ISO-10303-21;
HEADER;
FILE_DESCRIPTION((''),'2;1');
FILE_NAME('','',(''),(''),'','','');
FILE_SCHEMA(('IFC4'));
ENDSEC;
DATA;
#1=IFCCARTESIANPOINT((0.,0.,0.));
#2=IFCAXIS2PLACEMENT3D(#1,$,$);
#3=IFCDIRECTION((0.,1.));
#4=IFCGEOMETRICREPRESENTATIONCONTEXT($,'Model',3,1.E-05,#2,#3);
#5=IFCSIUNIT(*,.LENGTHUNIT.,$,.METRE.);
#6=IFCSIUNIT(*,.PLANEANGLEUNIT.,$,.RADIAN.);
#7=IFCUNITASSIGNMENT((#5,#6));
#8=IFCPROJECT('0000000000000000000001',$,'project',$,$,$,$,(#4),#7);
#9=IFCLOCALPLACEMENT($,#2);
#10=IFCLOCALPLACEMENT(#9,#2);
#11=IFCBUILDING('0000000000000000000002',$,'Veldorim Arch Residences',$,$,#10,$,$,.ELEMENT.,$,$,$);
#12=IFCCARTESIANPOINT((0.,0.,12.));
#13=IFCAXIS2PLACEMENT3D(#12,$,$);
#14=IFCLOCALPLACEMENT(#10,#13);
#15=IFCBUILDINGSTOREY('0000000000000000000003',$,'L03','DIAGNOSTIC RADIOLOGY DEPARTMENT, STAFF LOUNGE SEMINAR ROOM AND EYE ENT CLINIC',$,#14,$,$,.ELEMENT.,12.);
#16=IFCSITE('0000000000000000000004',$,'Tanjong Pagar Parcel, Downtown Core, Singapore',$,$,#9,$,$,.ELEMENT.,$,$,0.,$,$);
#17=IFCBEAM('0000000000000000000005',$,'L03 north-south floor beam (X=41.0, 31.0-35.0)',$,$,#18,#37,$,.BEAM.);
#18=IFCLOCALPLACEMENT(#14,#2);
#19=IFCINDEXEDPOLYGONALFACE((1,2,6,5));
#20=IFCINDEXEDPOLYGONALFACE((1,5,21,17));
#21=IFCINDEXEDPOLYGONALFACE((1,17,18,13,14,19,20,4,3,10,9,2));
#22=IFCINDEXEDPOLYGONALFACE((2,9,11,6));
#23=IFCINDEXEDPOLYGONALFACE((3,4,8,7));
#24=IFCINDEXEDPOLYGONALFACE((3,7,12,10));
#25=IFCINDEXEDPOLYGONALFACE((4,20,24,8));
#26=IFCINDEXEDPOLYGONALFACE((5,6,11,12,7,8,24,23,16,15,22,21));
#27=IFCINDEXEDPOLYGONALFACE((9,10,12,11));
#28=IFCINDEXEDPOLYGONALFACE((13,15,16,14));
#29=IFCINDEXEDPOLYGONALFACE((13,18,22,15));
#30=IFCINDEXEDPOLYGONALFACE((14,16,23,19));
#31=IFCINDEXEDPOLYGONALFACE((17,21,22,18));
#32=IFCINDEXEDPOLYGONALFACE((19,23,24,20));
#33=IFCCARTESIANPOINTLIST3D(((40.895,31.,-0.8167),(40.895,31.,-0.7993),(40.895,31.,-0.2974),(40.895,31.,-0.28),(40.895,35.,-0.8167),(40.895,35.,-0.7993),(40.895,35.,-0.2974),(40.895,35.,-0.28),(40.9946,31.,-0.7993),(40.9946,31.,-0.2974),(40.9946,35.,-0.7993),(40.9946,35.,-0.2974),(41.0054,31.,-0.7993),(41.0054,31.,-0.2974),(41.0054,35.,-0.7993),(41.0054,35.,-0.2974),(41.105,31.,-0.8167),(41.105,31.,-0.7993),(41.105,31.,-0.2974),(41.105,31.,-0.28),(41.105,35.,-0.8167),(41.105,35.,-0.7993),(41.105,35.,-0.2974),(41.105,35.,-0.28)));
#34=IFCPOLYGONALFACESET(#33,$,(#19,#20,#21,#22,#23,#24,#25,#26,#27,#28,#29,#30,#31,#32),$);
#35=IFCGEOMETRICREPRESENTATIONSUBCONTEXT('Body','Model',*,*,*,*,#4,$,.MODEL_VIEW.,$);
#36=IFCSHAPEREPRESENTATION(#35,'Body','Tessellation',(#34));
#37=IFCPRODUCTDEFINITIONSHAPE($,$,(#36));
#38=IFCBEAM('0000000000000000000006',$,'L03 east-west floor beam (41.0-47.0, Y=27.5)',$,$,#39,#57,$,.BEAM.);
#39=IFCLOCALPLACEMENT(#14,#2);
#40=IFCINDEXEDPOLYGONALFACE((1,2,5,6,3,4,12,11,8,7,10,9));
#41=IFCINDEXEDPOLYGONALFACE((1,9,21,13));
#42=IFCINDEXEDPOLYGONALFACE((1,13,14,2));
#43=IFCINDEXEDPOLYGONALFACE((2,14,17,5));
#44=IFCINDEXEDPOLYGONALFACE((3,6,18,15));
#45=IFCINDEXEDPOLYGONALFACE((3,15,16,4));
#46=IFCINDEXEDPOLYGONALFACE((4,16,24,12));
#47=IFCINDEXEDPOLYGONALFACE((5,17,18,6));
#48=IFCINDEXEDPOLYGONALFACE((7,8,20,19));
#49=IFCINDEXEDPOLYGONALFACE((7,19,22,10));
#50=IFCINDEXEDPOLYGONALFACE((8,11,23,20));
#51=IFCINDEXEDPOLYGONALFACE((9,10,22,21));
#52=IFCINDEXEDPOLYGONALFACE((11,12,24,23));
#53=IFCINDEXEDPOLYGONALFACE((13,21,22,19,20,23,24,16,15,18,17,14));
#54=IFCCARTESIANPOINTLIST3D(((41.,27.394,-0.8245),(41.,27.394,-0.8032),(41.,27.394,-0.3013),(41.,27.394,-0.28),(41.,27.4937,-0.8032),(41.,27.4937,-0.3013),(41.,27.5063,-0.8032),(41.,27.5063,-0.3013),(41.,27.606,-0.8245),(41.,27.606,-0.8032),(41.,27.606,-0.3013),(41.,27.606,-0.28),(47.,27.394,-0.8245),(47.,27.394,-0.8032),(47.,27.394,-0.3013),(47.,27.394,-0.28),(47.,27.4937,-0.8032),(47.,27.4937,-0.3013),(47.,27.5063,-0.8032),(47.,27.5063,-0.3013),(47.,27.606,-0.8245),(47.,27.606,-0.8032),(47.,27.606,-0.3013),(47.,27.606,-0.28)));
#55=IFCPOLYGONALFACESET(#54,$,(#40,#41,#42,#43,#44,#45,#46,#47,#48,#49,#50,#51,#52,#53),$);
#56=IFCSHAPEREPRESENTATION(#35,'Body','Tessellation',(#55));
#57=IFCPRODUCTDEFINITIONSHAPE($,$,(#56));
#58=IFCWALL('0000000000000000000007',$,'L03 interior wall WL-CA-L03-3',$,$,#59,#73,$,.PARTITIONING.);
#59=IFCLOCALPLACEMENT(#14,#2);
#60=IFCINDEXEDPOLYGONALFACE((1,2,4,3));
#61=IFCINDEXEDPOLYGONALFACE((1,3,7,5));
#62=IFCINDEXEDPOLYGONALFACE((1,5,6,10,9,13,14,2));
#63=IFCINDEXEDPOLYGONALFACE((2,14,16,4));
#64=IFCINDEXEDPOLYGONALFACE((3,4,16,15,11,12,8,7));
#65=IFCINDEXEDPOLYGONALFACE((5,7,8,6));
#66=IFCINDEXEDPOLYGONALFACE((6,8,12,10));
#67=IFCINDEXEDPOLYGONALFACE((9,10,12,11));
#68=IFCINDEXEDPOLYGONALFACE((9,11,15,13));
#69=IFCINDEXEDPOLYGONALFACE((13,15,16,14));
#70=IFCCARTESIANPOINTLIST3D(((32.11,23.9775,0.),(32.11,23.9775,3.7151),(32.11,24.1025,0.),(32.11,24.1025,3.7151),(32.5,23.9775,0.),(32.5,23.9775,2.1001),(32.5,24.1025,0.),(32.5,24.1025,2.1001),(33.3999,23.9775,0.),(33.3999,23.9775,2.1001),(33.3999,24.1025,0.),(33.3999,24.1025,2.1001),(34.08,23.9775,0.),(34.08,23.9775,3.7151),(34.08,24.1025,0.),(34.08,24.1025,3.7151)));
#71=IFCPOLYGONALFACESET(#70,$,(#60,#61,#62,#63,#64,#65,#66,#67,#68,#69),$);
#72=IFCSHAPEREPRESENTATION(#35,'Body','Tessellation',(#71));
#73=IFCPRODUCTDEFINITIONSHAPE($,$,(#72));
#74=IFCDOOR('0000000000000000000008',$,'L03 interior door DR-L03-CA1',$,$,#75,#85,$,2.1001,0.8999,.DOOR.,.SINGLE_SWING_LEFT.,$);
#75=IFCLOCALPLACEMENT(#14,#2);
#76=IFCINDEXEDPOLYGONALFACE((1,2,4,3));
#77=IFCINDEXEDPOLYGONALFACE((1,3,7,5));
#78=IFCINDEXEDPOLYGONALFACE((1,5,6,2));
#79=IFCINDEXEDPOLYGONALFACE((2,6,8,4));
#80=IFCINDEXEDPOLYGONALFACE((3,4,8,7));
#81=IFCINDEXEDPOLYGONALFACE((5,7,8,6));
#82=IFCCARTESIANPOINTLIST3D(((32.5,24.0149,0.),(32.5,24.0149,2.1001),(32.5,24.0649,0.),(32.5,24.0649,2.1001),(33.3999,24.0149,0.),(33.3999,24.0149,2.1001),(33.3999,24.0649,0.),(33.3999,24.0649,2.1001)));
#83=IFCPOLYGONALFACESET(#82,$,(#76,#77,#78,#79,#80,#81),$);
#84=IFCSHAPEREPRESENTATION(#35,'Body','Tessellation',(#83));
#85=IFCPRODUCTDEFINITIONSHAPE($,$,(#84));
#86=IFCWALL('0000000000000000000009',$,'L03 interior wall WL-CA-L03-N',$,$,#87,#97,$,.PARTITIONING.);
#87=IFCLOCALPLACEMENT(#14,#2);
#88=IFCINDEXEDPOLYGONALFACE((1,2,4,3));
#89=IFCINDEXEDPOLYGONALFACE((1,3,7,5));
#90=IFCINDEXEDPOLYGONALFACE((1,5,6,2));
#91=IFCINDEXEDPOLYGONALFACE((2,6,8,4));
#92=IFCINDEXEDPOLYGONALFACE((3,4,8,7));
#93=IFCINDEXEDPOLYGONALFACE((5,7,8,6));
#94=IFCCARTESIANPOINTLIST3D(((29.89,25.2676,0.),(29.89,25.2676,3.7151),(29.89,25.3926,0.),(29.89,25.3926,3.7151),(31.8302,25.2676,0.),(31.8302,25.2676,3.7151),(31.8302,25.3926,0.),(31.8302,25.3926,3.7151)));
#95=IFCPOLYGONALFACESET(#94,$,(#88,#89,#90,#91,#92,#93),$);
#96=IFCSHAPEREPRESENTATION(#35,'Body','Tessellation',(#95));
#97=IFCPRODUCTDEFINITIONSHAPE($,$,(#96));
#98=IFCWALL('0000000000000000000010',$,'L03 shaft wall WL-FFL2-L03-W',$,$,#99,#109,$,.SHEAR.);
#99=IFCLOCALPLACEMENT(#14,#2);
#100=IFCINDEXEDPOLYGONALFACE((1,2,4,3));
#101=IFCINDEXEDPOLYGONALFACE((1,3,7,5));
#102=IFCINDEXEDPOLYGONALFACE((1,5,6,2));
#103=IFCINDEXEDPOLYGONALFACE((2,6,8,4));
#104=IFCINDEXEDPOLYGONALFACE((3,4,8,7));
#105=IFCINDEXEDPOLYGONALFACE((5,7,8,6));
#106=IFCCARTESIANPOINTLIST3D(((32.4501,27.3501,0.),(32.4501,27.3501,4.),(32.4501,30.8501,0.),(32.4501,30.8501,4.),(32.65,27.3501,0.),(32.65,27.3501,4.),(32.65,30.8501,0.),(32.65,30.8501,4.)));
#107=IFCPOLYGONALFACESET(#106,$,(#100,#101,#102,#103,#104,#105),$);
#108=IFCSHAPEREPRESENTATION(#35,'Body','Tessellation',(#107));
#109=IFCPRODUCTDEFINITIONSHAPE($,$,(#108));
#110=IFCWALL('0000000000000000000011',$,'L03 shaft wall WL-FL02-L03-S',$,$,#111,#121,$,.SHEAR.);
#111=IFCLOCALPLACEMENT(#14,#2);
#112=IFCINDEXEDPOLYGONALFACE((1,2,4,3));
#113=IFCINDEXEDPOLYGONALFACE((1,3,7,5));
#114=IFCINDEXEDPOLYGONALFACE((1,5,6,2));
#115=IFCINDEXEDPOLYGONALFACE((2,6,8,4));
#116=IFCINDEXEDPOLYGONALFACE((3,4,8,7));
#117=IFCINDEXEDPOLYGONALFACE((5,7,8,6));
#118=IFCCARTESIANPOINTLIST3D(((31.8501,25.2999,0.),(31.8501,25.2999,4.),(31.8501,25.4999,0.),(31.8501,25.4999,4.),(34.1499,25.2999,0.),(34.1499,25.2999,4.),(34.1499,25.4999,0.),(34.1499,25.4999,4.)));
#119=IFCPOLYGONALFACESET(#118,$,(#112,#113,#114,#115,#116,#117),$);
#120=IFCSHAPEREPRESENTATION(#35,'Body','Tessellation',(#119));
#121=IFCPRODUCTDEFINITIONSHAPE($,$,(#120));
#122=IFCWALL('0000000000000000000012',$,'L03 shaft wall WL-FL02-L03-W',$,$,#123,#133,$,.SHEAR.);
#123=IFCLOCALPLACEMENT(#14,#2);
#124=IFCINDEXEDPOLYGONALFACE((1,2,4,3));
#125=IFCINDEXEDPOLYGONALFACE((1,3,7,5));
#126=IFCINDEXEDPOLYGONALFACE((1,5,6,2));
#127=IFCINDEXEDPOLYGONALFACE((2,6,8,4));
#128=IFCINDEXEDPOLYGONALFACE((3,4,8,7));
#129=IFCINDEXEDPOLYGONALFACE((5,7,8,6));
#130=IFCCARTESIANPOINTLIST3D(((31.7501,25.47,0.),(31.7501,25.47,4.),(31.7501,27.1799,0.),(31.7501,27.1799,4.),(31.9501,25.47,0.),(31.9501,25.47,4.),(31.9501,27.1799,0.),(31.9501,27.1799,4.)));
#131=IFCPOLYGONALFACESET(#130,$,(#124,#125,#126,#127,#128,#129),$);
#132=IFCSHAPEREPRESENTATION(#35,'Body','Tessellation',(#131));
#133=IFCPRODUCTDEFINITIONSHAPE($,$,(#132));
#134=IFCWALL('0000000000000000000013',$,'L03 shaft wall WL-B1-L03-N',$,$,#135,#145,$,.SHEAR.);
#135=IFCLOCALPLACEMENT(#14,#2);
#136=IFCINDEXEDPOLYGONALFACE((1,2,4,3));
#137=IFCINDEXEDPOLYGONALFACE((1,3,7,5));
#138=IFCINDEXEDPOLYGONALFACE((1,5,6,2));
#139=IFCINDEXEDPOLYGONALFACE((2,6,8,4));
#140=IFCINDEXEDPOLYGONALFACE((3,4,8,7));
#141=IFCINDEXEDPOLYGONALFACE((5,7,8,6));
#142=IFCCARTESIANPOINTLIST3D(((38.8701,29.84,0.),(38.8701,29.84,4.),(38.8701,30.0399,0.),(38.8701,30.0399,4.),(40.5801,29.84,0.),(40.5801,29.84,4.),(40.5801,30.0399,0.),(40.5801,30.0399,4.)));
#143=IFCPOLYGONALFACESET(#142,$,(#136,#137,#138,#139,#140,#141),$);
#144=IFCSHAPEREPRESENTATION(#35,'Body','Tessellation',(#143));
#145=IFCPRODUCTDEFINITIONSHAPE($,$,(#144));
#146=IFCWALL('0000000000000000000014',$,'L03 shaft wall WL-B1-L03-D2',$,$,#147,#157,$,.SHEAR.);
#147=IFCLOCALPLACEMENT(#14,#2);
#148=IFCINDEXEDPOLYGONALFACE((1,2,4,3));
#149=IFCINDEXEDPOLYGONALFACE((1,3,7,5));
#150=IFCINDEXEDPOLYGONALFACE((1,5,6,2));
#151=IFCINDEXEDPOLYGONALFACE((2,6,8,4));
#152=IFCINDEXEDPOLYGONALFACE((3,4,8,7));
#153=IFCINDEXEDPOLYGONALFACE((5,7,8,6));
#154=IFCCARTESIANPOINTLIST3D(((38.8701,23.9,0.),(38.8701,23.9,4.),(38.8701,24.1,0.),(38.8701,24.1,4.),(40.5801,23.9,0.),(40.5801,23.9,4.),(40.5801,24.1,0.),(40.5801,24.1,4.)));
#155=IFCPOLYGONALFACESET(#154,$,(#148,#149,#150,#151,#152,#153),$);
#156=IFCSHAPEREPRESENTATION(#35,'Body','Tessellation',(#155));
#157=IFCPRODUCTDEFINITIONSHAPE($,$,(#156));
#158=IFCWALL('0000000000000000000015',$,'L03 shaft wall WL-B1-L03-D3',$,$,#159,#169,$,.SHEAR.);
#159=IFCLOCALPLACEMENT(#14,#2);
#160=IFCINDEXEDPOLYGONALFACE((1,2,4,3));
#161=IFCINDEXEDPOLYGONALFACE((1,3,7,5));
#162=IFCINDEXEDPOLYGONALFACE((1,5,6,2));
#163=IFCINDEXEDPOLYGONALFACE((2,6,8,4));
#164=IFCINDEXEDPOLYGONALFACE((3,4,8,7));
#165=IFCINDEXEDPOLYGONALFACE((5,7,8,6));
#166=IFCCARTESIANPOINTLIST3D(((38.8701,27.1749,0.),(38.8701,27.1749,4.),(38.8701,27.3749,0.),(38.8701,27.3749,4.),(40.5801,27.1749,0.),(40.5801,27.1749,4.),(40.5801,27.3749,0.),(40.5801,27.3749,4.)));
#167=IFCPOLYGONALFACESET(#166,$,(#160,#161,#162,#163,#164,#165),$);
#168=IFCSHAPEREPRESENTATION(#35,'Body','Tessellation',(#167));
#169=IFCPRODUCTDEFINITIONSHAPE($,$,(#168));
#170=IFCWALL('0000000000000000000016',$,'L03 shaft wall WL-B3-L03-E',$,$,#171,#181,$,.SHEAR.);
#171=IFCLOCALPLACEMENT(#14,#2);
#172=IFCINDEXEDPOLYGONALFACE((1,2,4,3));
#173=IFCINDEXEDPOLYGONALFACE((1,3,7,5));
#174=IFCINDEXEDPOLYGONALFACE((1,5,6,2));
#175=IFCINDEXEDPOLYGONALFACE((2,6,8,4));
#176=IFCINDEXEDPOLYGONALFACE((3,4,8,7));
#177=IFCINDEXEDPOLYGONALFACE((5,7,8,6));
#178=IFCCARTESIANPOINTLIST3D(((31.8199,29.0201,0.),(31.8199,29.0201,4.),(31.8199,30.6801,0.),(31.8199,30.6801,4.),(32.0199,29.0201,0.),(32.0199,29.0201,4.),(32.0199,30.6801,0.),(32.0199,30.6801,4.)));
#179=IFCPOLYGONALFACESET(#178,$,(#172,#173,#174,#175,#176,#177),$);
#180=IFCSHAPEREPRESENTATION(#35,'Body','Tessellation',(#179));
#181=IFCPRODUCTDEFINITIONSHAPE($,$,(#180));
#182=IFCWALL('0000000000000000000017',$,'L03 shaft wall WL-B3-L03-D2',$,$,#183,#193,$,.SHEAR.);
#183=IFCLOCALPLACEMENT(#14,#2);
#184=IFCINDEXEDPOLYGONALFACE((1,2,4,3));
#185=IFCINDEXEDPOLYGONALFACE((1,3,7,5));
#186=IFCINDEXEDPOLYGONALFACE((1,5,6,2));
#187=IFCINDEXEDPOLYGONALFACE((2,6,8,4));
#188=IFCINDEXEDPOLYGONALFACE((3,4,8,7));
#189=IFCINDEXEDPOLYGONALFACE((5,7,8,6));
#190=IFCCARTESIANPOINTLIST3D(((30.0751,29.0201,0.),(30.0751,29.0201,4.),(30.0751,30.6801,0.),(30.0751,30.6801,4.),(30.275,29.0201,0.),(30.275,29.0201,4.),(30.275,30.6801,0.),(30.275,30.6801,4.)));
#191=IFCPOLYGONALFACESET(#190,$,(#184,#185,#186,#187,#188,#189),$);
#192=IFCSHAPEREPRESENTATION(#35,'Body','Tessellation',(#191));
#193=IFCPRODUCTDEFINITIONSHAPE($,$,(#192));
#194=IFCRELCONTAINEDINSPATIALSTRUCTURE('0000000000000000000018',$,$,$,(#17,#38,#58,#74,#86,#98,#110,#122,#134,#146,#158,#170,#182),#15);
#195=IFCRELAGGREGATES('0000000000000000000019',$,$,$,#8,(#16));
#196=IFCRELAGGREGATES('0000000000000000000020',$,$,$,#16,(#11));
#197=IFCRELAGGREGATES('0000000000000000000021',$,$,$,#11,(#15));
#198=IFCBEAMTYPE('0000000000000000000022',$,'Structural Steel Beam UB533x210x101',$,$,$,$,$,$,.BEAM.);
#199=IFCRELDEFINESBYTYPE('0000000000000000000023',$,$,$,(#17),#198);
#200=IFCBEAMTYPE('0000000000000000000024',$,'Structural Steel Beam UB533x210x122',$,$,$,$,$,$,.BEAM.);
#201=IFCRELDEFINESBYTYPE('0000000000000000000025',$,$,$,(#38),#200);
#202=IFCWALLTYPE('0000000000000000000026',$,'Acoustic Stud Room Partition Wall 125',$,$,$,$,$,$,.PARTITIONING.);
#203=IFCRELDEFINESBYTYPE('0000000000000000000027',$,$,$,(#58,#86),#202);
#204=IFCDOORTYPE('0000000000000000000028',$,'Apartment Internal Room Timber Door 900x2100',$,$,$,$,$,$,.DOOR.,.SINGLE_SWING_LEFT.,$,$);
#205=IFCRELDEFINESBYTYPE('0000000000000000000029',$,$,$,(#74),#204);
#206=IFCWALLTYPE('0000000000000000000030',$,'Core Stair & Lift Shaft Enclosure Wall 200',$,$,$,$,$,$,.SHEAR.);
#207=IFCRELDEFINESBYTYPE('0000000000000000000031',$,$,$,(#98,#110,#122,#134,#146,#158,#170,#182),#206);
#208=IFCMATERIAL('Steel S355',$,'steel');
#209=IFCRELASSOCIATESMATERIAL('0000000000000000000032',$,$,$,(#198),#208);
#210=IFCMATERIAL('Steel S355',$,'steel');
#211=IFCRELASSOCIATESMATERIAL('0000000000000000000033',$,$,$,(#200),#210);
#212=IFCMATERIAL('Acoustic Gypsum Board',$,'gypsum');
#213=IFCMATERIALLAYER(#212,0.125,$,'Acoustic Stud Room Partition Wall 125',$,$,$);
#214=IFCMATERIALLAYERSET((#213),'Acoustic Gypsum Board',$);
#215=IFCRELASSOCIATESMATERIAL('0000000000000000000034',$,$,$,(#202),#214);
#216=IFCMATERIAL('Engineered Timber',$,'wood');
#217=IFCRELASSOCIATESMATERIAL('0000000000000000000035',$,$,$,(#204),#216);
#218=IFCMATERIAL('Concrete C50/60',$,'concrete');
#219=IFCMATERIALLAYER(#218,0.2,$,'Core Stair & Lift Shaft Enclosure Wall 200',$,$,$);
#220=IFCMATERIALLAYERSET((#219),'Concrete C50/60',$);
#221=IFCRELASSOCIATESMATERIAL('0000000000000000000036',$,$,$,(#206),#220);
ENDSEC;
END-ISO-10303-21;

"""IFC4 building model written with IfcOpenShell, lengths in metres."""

from ifc_helpers import new_model, si_unit, direction, frame, frame_2d, origin, origin_2d, place, context, subcontext, project, spatial, rectangle, i_section, extrude, material, layer, layer_set, material_profile, profile_set, type_object, element, fill, save


model = new_model("IFC4")

# Units and contexts
model_context = context("Model", 3, precision=1e-05, world=origin(), true_north=direction((0.0, 1.0)))
body_context = subcontext(model_context, "Body", "Model", "MODEL_VIEW")
ifc_project = project(units=[si_unit("LENGTHUNIT", "METRE"), si_unit("PLANEANGLEUNIT", "RADIAN")], contexts=[model_context])

# Site, building, storey
site_placement = place(None, origin())
site = spatial("IfcSite", under=ifc_project, at=site_placement, Name="Tanjong Pagar Parcel, Downtown Core, Singapore", CompositionType="ELEMENT", RefElevation=0.0)
building_placement = place(site_placement, origin())
building = spatial("IfcBuilding", under=site, at=building_placement, Name="Veldorim Arch Residences", CompositionType="ELEMENT")
storey_placement = place(building_placement, frame((0.0, 0.0, 12.0)))
storey = spatial("IfcBuildingStorey", under=building, at=storey_placement, Name="L03", Description="DIAGNOSTIC RADIOLOGY DEPARTMENT, STAFF LOUNGE SEMINAR ROOM AND EYE ENT CLINIC", CompositionType="ELEMENT", Elevation=12.0)

# Beams
ifc_material_1 = material(Name="Steel S355", Category="steel")
ifc_material_profile_1 = material_profile(ifc_material_1, i_section(OverallWidth=0.21, OverallDepth=0.5366, WebThickness=0.0107, FlangeThickness=0.0173, at=origin_2d()), Name="UB533x210x101")
ifc_profile_set_1 = profile_set([ifc_material_profile_1], Name="Steel S355")
beam_type_1 = type_object("IfcBeamType", Name="Structural Steel Beam UB533x210x101", PredefinedType="BEAM", material=ifc_profile_set_1)
beam_1_placement = place(storey_placement, frame((41.0, 31.0, -0.5483), z_axis=(0.0, 1.0, 0.0), x_axis=(-1.0, 0.0, 0.0)))
element("IfcBeam", 1, at=beam_1_placement, inside=storey, type_object=beam_type_1, Name="L03 north-south floor beam (X=41.0, 31.0-35.0)", PredefinedType="BEAM", context=body_context, shape_type="SweptSolid", body=[
    extrude(i_section(OverallWidth=0.21, OverallDepth=0.5366, WebThickness=0.0107, FlangeThickness=0.0173, at=origin_2d()), origin(), (0.0, 0.0, 1.0), 4.0),
])
ifc_material_2 = material(Name="Steel S355", Category="steel")
ifc_material_profile_2 = material_profile(ifc_material_2, i_section(OverallWidth=0.2119, OverallDepth=0.5444, WebThickness=0.0127, FlangeThickness=0.0212, at=origin_2d()), Name="UB533x210x122")
ifc_profile_set_2 = profile_set([ifc_material_profile_2], Name="Steel S355")
beam_type_2 = type_object("IfcBeamType", Name="Structural Steel Beam UB533x210x122", PredefinedType="BEAM", material=ifc_profile_set_2)
beam_2_placement = place(storey_placement, frame((41.0, 27.5, -0.5522), z_axis=(1.0, 0.0, 0.0), x_axis=(0.0, 1.0, 0.0)))
element("IfcBeam", 2, at=beam_2_placement, inside=storey, type_object=beam_type_2, Name="L03 east-west floor beam (41.0-47.0, Y=27.5)", PredefinedType="BEAM", context=body_context, shape_type="SweptSolid", body=[
    extrude(i_section(OverallWidth=0.2119, OverallDepth=0.5444, WebThickness=0.0127, FlangeThickness=0.0212, at=origin_2d()), origin(), (0.0, 0.0, 1.0), 6.0),
])

# Wall, opening, door
ifc_material_3 = material(Name="Acoustic Gypsum Board", Category="gypsum")
ifc_layer_1 = layer(ifc_material_3, 0.125, Name="Acoustic Stud Room Partition Wall 125")
ifc_layer_set_1 = layer_set([ifc_layer_1], Name="Acoustic Gypsum Board")
wall_type_1 = type_object("IfcWallType", Name="Acoustic Stud Room Partition Wall 125", PredefinedType="PARTITIONING", material=ifc_layer_set_1)
wall_1_placement = place(storey_placement, frame((32.1101, 24.04, 0.0), z_axis=(0.0, 0.0, 1.0), x_axis=(1.0, 0.0, 0.0)))
wall_1 = element("IfcWall", 3, at=wall_1_placement, inside=storey, type_object=wall_type_1, Name="L03 interior wall WL-CA-L03-3", PredefinedType="PARTITIONING", context=body_context, shape_type="SweptSolid", body=[
    extrude(rectangle(XDim=1.97, YDim=0.125, at=frame_2d((0.9849, 0.0))), origin(), (0.0, 0.0, 1.0), 3.7151),
])
opening_1_placement = place(wall_1_placement, frame((0.3899, 0.0, 0.0)))
opening_1 = element("IfcOpeningElement", 4, at=opening_1_placement, cuts=wall_1, PredefinedType="OPENING", context=body_context, shape_type="SweptSolid", body=[
    extrude(rectangle(XDim=0.8999, YDim=2.1001, at=frame_2d((0.45, 1.05))), frame((0.0, 0.0725, 0.0), z_axis=(0.0, -1.0, 0.0), x_axis=(1.0, 0.0, 0.0)), (0.0, 0.0, 1.0), 0.145),
])
ifc_material_4 = material(Name="Engineered Timber", Category="wood")
door_type_1 = type_object("IfcDoorType", Name="Apartment Internal Room Timber Door 900x2100", OperationType="SINGLE_SWING_LEFT", PredefinedType="DOOR", material=ifc_material_4)
door_1_placement = place(opening_1_placement, origin())
door_1 = element("IfcDoor", 5, at=door_1_placement, inside=storey, type_object=door_type_1, Name="L03 interior door DR-L03-CA1", OperationType="SINGLE_SWING_LEFT", OverallHeight=2.1001, OverallWidth=0.8999, PredefinedType="DOOR", context=body_context, shape_type="SweptSolid", body=[
    extrude(rectangle(XDim=0.8999, YDim=2.1001, at=frame_2d((0.45, 1.05))), frame((0.0, 0.0249, 0.0), z_axis=(0.0, -1.0, 0.0), x_axis=(1.0, 0.0, 0.0)), (0.0, 0.0, 1.0), 0.05),
])
fill(opening_1, door_1)

# Wall
wall_2_placement = place(storey_placement, frame((29.8899, 25.3301, 0.0), z_axis=(0.0, 0.0, 1.0), x_axis=(1.0, 0.0, 0.0)))
element("IfcWall", 6, at=wall_2_placement, inside=storey, type_object=wall_type_1, Name="L03 interior wall WL-CA-L03-N", PredefinedType="PARTITIONING", context=body_context, shape_type="SweptSolid", body=[
    extrude(rectangle(XDim=1.9402, YDim=0.125, at=frame_2d((0.9702, 0.0))), origin(), (0.0, 0.0, 1.0), 3.7151),
])

# Shared definitions
ifc_material_5 = material(Name="Concrete C50/60", Category="concrete")
ifc_layer_2 = layer(ifc_material_5, 0.2, Name="Core Stair & Lift Shaft Enclosure Wall 200")
ifc_layer_set_2 = layer_set([ifc_layer_2], Name="Concrete C50/60")
wall_type_2 = type_object("IfcWallType", Name="Core Stair & Lift Shaft Enclosure Wall 200", PredefinedType="SHEAR", material=ifc_layer_set_2)

# Wall
wall_3_placement = place(storey_placement, frame((32.55, 27.3501, 0.0), z_axis=(0.0, 0.0, 1.0), x_axis=(0.0, 1.0, 0.0)))
element("IfcWall", 7, at=wall_3_placement, inside=storey, type_object=wall_type_2, Name="L03 shaft wall WL-FFL2-L03-W", PredefinedType="SHEAR", context=body_context, shape_type="SweptSolid", body=[
    extrude(rectangle(XDim=3.5, YDim=0.2, at=frame_2d((1.75, 0.0))), origin(), (0.0, 0.0, 1.0), 4.0),
])

# Walls
wall_4_placement = place(storey_placement, frame((31.8501, 25.3999, 0.0), z_axis=(0.0, 0.0, 1.0), x_axis=(1.0, 0.0, 0.0)))
element("IfcWall", 8, at=wall_4_placement, inside=storey, type_object=wall_type_2, Name="L03 shaft wall WL-FL02-L03-S", PredefinedType="SHEAR", context=body_context, shape_type="SweptSolid", body=[
    extrude(rectangle(XDim=2.2998, YDim=0.2, at=frame_2d((1.1499, 0.0))), origin(), (0.0, 0.0, 1.0), 4.0),
])
for number, where, z_axis, x_axis, name in (
    (9, (31.8501, 25.47, 0.0), (0.0, 0.0, 1.0), (0.0, 1.0, 0.0), "L03 shaft wall WL-FL02-L03-W"),
    (10, (38.8701, 29.9399, 0.0), (0.0, 0.0, 1.0), (1.0, 0.0, 0.0), "L03 shaft wall WL-B1-L03-N"),
    (11, (38.8701, 24.0, 0.0), (0.0, 0.0, 1.0), (1.0, 0.0, 0.0), "L03 shaft wall WL-B1-L03-D2"),
    (12, (38.8701, 27.2749, 0.0), (0.0, 0.0, 1.0), (1.0, 0.0, 0.0), "L03 shaft wall WL-B1-L03-D3"),
):
    element("IfcWall", number, at=place(storey_placement, frame(where, z_axis=z_axis, x_axis=x_axis)), inside=storey, type_object=wall_type_2, Name=name, PredefinedType="SHEAR", context=body_context, shape_type="SweptSolid", body=[
        extrude(rectangle(XDim=1.71, YDim=0.2, at=frame_2d((0.855, 0.0))), origin(), (0.0, 0.0, 1.0), 4.0),
    ])
for number, where, z_axis, x_axis, name in (
    (13, (31.9199, 29.02, 0.0), (0.0, 0.0, 1.0), (0.0, 1.0, 0.0), "L03 shaft wall WL-B3-L03-E"),
    (14, (30.175, 29.02, 0.0), (0.0, 0.0, 1.0), (0.0, 1.0, 0.0), "L03 shaft wall WL-B3-L03-D2"),
):
    element("IfcWall", number, at=place(storey_placement, frame(where, z_axis=z_axis, x_axis=x_axis)), inside=storey, type_object=wall_type_2, Name=name, PredefinedType="SHEAR", context=body_context, shape_type="SweptSolid", body=[
        extrude(rectangle(XDim=1.6599, YDim=0.2, at=frame_2d((0.8301, 0.0))), origin(), (0.0, 0.0, 1.0), 4.0),
    ])

save(model, "model.ifc")
